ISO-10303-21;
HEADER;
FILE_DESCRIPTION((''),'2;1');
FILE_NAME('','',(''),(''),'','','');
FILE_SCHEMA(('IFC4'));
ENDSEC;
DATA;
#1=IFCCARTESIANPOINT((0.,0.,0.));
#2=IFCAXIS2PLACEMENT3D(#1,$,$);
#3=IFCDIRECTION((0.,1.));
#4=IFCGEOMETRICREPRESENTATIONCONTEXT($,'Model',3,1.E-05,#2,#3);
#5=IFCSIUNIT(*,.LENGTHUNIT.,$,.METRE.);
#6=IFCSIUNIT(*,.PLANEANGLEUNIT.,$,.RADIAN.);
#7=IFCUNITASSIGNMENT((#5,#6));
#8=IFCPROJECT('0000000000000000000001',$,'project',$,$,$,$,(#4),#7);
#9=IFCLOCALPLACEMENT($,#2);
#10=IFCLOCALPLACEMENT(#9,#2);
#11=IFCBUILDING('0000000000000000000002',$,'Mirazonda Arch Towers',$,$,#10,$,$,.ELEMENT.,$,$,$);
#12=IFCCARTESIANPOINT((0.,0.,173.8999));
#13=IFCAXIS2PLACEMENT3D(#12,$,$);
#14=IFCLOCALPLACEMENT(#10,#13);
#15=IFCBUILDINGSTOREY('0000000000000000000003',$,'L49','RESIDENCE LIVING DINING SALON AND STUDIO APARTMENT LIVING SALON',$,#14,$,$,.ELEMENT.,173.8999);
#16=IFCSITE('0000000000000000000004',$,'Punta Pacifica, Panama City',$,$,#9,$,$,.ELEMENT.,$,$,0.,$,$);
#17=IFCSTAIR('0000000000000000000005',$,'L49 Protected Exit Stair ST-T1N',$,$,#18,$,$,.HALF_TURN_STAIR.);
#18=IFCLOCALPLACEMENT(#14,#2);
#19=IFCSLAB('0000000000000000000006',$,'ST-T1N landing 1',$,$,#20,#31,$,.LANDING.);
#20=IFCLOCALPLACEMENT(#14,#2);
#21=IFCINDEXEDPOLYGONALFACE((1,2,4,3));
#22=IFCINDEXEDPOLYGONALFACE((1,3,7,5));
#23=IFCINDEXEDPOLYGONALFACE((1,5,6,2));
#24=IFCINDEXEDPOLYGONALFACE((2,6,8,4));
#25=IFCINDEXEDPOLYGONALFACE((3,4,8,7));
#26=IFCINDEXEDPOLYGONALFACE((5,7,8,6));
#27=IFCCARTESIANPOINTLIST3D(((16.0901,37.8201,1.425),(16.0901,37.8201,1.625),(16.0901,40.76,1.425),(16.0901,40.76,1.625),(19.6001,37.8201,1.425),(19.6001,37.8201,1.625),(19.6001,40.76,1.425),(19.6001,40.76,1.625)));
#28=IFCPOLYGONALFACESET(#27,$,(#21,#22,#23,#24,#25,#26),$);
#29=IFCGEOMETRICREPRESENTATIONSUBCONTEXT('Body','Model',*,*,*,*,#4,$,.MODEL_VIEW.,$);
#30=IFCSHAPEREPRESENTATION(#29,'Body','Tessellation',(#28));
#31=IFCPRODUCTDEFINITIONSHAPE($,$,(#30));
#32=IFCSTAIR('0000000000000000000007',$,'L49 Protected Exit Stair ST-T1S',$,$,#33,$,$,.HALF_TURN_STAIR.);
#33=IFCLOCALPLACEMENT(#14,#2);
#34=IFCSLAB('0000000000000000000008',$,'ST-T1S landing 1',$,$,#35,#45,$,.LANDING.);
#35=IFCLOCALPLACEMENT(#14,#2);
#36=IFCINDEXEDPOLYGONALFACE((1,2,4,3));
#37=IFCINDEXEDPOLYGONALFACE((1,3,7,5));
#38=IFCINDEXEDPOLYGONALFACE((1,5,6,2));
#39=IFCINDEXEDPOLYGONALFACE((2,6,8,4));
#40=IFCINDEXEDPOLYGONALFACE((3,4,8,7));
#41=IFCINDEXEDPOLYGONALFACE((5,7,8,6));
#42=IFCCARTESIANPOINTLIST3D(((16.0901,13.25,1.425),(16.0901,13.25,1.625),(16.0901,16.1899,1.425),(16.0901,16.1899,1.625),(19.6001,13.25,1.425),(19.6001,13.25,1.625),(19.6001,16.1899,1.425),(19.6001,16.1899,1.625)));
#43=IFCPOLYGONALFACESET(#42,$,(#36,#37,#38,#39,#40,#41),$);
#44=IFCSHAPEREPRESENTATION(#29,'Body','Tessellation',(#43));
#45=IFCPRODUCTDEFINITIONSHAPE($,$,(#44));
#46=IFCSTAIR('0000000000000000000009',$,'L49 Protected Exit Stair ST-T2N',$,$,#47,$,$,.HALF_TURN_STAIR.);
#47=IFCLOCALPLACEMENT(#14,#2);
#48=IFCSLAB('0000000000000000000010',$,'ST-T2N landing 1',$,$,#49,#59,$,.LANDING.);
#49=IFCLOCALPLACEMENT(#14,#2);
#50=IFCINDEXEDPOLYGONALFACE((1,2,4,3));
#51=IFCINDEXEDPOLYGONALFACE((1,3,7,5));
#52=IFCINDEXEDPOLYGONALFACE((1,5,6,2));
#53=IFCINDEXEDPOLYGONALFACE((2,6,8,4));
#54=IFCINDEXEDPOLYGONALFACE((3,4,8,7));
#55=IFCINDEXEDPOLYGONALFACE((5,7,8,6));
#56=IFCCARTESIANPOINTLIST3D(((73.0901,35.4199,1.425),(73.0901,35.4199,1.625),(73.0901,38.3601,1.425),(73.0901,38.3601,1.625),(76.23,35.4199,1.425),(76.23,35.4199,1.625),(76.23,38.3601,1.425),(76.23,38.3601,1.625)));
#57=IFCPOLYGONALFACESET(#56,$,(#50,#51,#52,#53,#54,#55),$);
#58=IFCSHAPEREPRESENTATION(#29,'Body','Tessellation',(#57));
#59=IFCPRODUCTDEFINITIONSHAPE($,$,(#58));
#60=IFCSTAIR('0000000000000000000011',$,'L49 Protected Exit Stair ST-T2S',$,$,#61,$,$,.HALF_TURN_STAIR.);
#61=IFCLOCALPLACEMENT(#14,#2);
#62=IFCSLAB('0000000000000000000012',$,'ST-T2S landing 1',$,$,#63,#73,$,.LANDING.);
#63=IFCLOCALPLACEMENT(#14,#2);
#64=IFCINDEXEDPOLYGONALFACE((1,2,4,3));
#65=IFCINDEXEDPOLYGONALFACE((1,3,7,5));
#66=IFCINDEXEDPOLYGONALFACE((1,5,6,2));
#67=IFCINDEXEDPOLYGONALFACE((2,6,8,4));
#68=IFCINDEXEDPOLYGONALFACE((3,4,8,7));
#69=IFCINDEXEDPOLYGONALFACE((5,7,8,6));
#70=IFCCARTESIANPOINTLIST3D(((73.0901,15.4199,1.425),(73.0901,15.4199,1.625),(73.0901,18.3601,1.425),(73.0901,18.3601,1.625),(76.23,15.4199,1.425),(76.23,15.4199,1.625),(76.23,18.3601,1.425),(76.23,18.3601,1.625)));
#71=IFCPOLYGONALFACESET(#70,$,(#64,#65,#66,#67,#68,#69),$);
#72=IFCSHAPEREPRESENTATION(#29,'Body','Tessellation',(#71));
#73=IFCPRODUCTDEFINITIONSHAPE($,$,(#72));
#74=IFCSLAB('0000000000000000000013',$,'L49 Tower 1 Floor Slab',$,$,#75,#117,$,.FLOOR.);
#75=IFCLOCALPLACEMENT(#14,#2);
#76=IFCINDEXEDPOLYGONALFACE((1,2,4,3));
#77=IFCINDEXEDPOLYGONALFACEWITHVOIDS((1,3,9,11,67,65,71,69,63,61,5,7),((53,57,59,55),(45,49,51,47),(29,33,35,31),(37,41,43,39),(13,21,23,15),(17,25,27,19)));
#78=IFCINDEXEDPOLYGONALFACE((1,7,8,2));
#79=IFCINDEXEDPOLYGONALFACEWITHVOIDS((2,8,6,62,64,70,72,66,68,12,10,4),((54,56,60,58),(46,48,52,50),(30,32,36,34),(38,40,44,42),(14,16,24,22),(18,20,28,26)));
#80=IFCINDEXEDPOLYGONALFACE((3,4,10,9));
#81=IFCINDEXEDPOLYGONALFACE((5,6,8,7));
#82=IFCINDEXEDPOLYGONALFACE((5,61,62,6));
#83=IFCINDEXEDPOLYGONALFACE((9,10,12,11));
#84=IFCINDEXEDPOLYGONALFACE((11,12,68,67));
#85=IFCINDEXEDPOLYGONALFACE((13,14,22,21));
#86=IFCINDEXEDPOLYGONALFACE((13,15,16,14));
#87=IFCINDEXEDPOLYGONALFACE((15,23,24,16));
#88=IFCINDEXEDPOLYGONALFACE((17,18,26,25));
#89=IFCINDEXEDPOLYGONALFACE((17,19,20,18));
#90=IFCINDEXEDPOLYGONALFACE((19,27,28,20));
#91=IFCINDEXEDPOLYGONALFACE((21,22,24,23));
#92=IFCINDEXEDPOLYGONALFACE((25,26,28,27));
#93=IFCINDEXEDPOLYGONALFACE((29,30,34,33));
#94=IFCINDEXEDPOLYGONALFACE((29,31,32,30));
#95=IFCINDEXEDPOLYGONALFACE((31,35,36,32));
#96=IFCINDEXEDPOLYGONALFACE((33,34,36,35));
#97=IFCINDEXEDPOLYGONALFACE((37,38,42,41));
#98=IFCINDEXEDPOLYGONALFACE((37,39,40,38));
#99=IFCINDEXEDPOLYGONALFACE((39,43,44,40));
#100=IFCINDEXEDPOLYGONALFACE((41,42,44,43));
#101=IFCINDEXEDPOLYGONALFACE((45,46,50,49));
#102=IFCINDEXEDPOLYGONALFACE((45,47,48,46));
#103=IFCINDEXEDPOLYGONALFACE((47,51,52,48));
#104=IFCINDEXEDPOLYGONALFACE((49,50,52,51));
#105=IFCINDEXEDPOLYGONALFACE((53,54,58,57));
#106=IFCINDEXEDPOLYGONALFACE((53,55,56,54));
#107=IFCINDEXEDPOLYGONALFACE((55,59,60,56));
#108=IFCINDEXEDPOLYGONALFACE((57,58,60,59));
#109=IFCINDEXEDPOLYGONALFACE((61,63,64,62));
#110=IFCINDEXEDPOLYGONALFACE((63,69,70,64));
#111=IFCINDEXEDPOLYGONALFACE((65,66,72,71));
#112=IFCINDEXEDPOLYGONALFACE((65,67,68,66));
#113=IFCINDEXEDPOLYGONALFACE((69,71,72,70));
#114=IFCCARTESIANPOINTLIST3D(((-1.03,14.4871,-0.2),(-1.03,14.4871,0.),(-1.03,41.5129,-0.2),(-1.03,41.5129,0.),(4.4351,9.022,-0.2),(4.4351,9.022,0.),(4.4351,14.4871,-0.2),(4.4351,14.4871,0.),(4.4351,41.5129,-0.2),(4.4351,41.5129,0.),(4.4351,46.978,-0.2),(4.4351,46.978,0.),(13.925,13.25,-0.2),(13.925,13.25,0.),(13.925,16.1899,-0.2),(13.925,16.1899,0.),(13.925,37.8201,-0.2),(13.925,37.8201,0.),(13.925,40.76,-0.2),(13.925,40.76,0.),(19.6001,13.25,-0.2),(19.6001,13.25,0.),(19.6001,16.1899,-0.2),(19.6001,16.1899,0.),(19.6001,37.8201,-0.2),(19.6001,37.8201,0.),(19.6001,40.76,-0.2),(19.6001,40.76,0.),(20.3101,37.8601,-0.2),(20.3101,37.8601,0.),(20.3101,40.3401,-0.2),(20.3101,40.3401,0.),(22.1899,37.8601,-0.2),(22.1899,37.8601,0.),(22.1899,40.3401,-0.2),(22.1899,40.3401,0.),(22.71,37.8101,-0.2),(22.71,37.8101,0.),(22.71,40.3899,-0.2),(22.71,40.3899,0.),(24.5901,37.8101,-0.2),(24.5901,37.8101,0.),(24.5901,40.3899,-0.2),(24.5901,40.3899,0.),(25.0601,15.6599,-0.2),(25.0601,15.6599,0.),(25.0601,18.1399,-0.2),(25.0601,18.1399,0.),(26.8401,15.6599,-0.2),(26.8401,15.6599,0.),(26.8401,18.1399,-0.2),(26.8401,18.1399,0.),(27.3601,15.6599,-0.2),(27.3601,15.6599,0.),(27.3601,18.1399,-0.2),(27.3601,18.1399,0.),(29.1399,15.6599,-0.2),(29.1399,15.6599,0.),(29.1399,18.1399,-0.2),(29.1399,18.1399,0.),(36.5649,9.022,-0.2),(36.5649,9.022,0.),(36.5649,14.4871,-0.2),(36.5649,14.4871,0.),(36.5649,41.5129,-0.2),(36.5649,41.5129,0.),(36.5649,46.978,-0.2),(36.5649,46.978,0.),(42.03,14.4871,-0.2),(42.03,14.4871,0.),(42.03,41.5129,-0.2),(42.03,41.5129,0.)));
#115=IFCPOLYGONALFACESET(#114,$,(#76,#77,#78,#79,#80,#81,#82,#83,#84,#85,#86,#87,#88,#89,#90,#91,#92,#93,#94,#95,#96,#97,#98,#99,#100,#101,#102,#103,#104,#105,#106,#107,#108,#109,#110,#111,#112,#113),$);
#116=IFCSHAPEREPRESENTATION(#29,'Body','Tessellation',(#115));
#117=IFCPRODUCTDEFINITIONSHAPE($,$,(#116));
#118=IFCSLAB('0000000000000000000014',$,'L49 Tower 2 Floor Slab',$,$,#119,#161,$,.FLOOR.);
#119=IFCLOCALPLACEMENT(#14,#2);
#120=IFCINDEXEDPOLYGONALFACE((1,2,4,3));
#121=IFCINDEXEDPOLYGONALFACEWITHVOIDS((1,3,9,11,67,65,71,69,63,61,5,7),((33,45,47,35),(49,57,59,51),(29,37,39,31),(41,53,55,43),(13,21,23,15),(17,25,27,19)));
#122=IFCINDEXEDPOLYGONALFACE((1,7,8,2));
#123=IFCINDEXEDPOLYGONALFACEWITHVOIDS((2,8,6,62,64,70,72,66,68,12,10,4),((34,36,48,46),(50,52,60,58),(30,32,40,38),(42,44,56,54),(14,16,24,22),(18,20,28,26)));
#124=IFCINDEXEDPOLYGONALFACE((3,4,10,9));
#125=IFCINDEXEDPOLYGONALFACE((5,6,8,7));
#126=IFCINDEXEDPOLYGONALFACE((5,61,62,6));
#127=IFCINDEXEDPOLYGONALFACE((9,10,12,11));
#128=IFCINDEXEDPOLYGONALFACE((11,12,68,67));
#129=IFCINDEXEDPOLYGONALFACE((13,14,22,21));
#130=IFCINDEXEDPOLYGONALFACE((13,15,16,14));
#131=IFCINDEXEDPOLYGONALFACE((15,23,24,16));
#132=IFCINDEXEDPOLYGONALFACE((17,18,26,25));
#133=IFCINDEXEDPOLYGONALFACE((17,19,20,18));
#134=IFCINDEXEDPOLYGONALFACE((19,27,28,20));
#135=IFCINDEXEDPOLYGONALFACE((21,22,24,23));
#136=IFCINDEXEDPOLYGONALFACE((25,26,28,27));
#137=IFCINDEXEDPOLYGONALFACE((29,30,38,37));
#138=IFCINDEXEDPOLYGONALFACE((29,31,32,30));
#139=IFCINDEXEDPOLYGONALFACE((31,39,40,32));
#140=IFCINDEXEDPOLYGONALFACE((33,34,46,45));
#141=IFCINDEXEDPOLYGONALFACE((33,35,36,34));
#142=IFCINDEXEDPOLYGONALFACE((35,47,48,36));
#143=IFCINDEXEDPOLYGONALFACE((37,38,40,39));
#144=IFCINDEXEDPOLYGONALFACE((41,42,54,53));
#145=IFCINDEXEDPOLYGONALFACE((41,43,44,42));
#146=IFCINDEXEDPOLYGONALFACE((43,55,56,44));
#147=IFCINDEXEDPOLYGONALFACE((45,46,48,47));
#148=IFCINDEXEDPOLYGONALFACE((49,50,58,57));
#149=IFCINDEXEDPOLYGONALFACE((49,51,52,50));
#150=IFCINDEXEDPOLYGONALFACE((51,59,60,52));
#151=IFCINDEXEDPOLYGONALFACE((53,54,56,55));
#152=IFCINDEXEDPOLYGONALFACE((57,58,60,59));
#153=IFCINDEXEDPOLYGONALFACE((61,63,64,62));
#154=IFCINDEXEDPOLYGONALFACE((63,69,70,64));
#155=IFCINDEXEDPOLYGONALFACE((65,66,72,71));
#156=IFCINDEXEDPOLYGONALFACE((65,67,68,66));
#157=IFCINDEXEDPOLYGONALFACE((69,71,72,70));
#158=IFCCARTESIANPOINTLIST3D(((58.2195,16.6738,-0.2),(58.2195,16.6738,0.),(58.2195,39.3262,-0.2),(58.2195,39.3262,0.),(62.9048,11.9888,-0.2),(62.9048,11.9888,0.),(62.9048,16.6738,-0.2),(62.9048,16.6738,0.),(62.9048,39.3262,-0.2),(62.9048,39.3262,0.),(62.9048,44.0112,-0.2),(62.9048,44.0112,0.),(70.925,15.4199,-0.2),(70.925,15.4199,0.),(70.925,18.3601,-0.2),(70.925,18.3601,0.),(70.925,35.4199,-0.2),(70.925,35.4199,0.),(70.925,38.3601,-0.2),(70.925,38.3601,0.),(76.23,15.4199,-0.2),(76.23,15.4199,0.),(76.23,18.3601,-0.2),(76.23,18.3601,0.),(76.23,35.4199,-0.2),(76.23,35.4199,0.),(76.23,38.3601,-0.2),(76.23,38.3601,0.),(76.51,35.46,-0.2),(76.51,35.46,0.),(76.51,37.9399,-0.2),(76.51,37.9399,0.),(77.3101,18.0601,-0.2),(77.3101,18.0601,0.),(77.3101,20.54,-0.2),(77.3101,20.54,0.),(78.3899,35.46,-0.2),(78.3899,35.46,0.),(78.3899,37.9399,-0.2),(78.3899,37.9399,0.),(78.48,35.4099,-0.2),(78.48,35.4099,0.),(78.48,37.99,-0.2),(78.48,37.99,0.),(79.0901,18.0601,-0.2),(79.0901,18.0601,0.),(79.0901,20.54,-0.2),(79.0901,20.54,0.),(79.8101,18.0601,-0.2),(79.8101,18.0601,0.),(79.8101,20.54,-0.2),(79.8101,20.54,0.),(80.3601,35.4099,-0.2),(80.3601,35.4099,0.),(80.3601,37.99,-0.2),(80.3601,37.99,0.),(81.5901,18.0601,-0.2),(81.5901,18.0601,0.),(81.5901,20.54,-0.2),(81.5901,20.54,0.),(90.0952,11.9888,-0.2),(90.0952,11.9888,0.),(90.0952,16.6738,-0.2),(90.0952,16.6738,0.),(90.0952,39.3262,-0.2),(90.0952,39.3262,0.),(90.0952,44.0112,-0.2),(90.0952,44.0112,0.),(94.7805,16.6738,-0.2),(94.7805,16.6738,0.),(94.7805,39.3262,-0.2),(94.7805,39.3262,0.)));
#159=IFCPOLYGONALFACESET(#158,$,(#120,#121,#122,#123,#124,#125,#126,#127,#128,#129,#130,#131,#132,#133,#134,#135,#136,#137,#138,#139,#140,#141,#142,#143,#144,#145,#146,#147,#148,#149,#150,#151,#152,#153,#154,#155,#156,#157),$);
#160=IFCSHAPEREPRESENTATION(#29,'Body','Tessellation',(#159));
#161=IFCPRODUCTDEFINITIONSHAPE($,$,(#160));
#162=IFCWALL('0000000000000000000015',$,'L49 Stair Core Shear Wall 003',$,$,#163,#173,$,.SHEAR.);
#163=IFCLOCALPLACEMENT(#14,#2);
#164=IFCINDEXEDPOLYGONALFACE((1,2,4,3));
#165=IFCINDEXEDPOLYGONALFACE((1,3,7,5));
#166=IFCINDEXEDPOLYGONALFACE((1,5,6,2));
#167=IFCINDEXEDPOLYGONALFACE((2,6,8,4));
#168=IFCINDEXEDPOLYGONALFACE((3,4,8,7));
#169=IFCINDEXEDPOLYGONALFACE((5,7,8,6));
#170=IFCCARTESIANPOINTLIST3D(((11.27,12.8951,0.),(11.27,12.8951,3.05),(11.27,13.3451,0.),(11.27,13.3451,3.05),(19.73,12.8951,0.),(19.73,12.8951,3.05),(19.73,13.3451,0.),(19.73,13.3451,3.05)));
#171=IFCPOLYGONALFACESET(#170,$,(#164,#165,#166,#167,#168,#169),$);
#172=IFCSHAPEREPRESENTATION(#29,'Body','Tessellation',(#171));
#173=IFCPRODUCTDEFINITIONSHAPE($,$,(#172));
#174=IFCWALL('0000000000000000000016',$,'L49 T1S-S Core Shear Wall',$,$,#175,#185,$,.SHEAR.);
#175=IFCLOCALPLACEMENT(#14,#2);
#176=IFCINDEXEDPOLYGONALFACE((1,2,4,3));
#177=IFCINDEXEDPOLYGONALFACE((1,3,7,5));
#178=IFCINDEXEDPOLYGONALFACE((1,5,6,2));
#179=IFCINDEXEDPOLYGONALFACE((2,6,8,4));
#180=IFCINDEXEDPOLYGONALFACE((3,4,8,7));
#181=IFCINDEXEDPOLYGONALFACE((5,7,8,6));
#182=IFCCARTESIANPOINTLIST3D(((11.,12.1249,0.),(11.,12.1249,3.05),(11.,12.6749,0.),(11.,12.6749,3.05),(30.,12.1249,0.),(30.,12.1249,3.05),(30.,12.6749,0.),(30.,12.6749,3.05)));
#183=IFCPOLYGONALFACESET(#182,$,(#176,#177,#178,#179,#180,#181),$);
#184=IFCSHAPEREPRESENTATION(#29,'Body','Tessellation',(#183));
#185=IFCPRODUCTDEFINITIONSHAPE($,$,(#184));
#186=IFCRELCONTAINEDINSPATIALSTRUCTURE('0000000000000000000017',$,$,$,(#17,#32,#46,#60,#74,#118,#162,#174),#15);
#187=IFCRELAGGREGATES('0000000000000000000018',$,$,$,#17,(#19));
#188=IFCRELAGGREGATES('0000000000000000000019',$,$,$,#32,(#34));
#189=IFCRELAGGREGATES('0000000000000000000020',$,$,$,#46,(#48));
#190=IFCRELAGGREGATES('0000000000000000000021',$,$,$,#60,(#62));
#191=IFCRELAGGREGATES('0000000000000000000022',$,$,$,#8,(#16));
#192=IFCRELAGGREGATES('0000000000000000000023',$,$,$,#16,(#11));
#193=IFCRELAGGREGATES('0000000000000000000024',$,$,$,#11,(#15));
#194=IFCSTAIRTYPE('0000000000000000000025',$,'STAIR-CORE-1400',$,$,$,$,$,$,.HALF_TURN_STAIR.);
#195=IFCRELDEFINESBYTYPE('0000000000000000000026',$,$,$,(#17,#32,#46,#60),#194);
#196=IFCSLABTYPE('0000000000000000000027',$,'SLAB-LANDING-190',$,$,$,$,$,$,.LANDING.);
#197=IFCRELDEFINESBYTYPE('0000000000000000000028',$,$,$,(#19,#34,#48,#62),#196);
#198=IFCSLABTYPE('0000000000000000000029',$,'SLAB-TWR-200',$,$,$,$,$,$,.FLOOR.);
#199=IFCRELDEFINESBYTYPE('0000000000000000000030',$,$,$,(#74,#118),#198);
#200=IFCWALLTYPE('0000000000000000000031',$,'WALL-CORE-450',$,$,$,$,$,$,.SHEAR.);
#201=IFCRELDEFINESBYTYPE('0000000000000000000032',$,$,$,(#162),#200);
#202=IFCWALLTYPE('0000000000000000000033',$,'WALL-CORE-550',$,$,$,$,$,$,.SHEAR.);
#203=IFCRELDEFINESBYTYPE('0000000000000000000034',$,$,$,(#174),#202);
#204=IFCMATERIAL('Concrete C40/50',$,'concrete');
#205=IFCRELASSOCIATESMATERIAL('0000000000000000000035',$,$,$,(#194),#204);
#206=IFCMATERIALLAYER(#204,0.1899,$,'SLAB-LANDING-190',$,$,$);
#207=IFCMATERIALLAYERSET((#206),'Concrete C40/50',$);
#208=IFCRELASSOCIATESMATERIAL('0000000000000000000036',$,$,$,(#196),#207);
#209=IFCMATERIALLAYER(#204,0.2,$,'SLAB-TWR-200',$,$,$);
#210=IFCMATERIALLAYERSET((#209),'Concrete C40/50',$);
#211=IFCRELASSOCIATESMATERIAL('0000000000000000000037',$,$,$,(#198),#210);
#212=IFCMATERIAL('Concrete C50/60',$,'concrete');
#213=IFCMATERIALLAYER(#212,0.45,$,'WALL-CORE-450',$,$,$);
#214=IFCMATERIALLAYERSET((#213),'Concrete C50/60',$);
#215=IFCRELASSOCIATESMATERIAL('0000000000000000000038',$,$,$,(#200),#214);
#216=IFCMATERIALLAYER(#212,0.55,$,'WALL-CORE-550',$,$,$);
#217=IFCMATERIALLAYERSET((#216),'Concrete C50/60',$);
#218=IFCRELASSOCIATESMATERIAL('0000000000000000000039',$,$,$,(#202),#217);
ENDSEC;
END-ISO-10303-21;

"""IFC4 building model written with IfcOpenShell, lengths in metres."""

from ifc_helpers import new_model, si_unit, direction, frame, frame_2d, origin, place, context, subcontext, project, spatial, polyline, rectangle, outline, extrude, material, layer, layer_set, type_object, element, aggregate, save


model = new_model("IFC4")

# Units and contexts
model_context = context("Model", 3, precision=1e-05, world=origin(), true_north=direction((0.0, 1.0)))
body_context = subcontext(model_context, "Body", "Model", "MODEL_VIEW")
ifc_project = project(units=[si_unit("LENGTHUNIT", "METRE"), si_unit("PLANEANGLEUNIT", "RADIAN")], contexts=[model_context])

# Site, building, storey
site_placement = place(None, origin())
site = spatial("IfcSite", under=ifc_project, at=site_placement, Name="Punta Pacifica, Panama City", CompositionType="ELEMENT", RefElevation=0.0)
building_placement = place(site_placement, origin())
building = spatial("IfcBuilding", under=site, at=building_placement, Name="Mirazonda Arch Towers", CompositionType="ELEMENT")
storey_placement = place(building_placement, frame((0.0, 0.0, 173.8999)))
storey = spatial("IfcBuildingStorey", under=building, at=storey_placement, Name="L49", Description="RESIDENCE LIVING DINING SALON AND STUDIO APARTMENT LIVING SALON", CompositionType="ELEMENT", Elevation=173.8999)

# Shared definitions
ifc_material_1 = material(Name="Concrete C50/60", Category="concrete")

# Stairs, slabs
ifc_material_2 = material(Name="Concrete C40/50", Category="concrete")
stair_type = type_object("IfcStairType", Name="STAIR-CORE-1400", PredefinedType="HALF_TURN_STAIR", material=ifc_material_2)
stair_1_placement = place(storey_placement, origin())
stair_1 = element("IfcStair", 1, at=stair_1_placement, inside=storey, type_object=stair_type, Name="L49 Protected Exit Stair ST-T1N", PredefinedType="HALF_TURN_STAIR")
ifc_layer_1 = layer(ifc_material_2, 0.1899, Name="SLAB-LANDING-190")
ifc_layer_set_1 = layer_set([ifc_layer_1], Name="Concrete C40/50")
slab_type_1 = type_object("IfcSlabType", Name="SLAB-LANDING-190", PredefinedType="LANDING", material=ifc_layer_set_1)
slab_1_placement = place(storey_placement, frame((0.0, 0.0, 1.425)))
slab_1 = element("IfcSlab", 2, at=slab_1_placement, type_object=slab_type_1, Name="ST-T1N landing 1", PredefinedType="LANDING", context=body_context, shape_type="SweptSolid", body=[
    extrude(outline(polyline([(16.0901, 37.8201), (19.6001, 37.8201), (19.6001, 40.76), (16.0901, 40.76), (16.0901, 37.8201)])), origin(), (0.0, 0.0, 1.0), 0.2),
])
aggregate(stair_1, [slab_1])
stair_2_placement = place(storey_placement, origin())
stair_2 = element("IfcStair", 3, at=stair_2_placement, inside=storey, type_object=stair_type, Name="L49 Protected Exit Stair ST-T1S", PredefinedType="HALF_TURN_STAIR")
slab_2_placement = place(storey_placement, frame((0.0, 0.0, 1.425)))
slab_2 = element("IfcSlab", 4, at=slab_2_placement, type_object=slab_type_1, Name="ST-T1S landing 1", PredefinedType="LANDING", context=body_context, shape_type="SweptSolid", body=[
    extrude(outline(polyline([(16.0901, 13.25), (19.6001, 13.25), (19.6001, 16.1899), (16.0901, 16.1899), (16.0901, 13.25)])), origin(), (0.0, 0.0, 1.0), 0.2),
])
aggregate(stair_2, [slab_2])
stair_3_placement = place(storey_placement, origin())
stair_3 = element("IfcStair", 5, at=stair_3_placement, inside=storey, type_object=stair_type, Name="L49 Protected Exit Stair ST-T2N", PredefinedType="HALF_TURN_STAIR")
slab_3_placement = place(storey_placement, frame((0.0, 0.0, 1.425)))
slab_3 = element("IfcSlab", 6, at=slab_3_placement, type_object=slab_type_1, Name="ST-T2N landing 1", PredefinedType="LANDING", context=body_context, shape_type="SweptSolid", body=[
    extrude(outline(polyline([(73.0901, 35.4199), (76.23, 35.4199), (76.23, 38.3601), (73.0901, 38.3601), (73.0901, 35.4199)])), origin(), (0.0, 0.0, 1.0), 0.2),
])
aggregate(stair_3, [slab_3])
stair_4_placement = place(storey_placement, origin())
stair_4 = element("IfcStair", 7, at=stair_4_placement, inside=storey, type_object=stair_type, Name="L49 Protected Exit Stair ST-T2S", PredefinedType="HALF_TURN_STAIR")
slab_4_placement = place(storey_placement, frame((0.0, 0.0, 1.425)))
slab_4 = element("IfcSlab", 8, at=slab_4_placement, type_object=slab_type_1, Name="ST-T2S landing 1", PredefinedType="LANDING", context=body_context, shape_type="SweptSolid", body=[
    extrude(outline(polyline([(73.0901, 15.4199), (76.23, 15.4199), (76.23, 18.3601), (73.0901, 18.3601), (73.0901, 15.4199)])), origin(), (0.0, 0.0, 1.0), 0.2),
])
aggregate(stair_4, [slab_4])

# Slabs
ifc_layer_2 = layer(ifc_material_2, 0.2, Name="SLAB-TWR-200")
ifc_layer_set_2 = layer_set([ifc_layer_2], Name="Concrete C40/50")
slab_type_2 = type_object("IfcSlabType", Name="SLAB-TWR-200", PredefinedType="FLOOR", material=ifc_layer_set_2)
slab_5_placement = place(storey_placement, frame((0.0, 0.0, -0.2)))
element("IfcSlab", 9, at=slab_5_placement, inside=storey, type_object=slab_type_2, Name="L49 Tower 1 Floor Slab", PredefinedType="FLOOR", context=body_context, shape_type="SweptSolid", body=[
    extrude(outline(polyline([(4.4351, 9.022), (36.5649, 9.022), (36.5649, 14.4871), (42.03, 14.4871), (42.03, 41.5129), (36.5649, 41.5129), (36.5649, 46.978), (4.4351, 46.978), (4.4351, 41.5129), (-1.03, 41.5129), (-1.03, 14.4871), (4.4351, 14.4871), (4.4351, 9.022)]), holes=[polyline([(27.3601, 18.1399), (29.1399, 18.1399), (29.1399, 15.6599), (27.3601, 15.6599), (27.3601, 18.1399)]), polyline([(25.0601, 18.1399), (26.8401, 18.1399), (26.8401, 15.6599), (25.0601, 15.6599), (25.0601, 18.1399)]), polyline([(22.71, 40.3899), (24.5901, 40.3899), (24.5901, 37.8101), (22.71, 37.8101), (22.71, 40.3899)]), polyline([(20.3101, 37.8601), (20.3101, 40.3401), (22.1899, 40.3401), (22.1899, 37.8601), (20.3101, 37.8601)]), polyline([(19.6001, 13.25), (13.925, 13.25), (13.925, 16.1899), (19.6001, 16.1899), (19.6001, 13.25)]), polyline([(13.925, 37.8201), (13.925, 40.76), (19.6001, 40.76), (19.6001, 37.8201), (13.925, 37.8201)])]), origin(), (0.0, 0.0, 1.0), 0.2),
])
slab_6_placement = place(storey_placement, frame((0.0, 0.0, -0.2)))
element("IfcSlab", 10, at=slab_6_placement, inside=storey, type_object=slab_type_2, Name="L49 Tower 2 Floor Slab", PredefinedType="FLOOR", context=body_context, shape_type="SweptSolid", body=[
    extrude(outline(polyline([(62.9048, 11.9888), (90.0952, 11.9888), (90.0952, 16.6738), (94.7805, 16.6738), (94.7805, 39.3262), (90.0952, 39.3262), (90.0952, 44.0112), (62.9048, 44.0112), (62.9048, 39.3262), (58.2195, 39.3262), (58.2195, 16.6738), (62.9048, 16.6738), (62.9048, 11.9888)]), holes=[polyline([(79.8101, 20.54), (81.5901, 20.54), (81.5901, 18.0601), (79.8101, 18.0601), (79.8101, 20.54)]), polyline([(78.48, 37.99), (80.3601, 37.99), (80.3601, 35.4099), (78.48, 35.4099), (78.48, 37.99)]), polyline([(77.3101, 20.54), (79.0901, 20.54), (79.0901, 18.0601), (77.3101, 18.0601), (77.3101, 20.54)]), polyline([(76.51, 35.46), (76.51, 37.9399), (78.3899, 37.9399), (78.3899, 35.46), (76.51, 35.46)]), polyline([(76.23, 15.4199), (70.925, 15.4199), (70.925, 18.3601), (76.23, 18.3601), (76.23, 15.4199)]), polyline([(70.925, 35.4199), (70.925, 38.3601), (76.23, 38.3601), (76.23, 35.4199), (70.925, 35.4199)])]), origin(), (0.0, 0.0, 1.0), 0.2),
])

# Walls
ifc_layer_3 = layer(ifc_material_1, 0.45, Name="WALL-CORE-450")
ifc_layer_set_3 = layer_set([ifc_layer_3], Name="Concrete C50/60")
wall_type_1 = type_object("IfcWallType", Name="WALL-CORE-450", PredefinedType="SHEAR", material=ifc_layer_set_3)
wall_1_placement = place(storey_placement, frame((11.27, 13.1201, 0.0), z_axis=(0.0, 0.0, 1.0), x_axis=(1.0, 0.0, 0.0)))
element("IfcWall", 11, at=wall_1_placement, inside=storey, type_object=wall_type_1, Name="L49 Stair Core Shear Wall 003", PredefinedType="SHEAR", context=body_context, shape_type="SweptSolid", body=[
    extrude(rectangle(XDim=8.46, YDim=0.45, at=frame_2d((4.23, 0.0))), origin(), (0.0, 0.0, 1.0), 3.05),
])
ifc_layer_4 = layer(ifc_material_1, 0.55, Name="WALL-CORE-550")
ifc_layer_set_4 = layer_set([ifc_layer_4], Name="Concrete C50/60")
wall_type_2 = type_object("IfcWallType", Name="WALL-CORE-550", PredefinedType="SHEAR", material=ifc_layer_set_4)
wall_2_placement = place(storey_placement, frame((11.0, 12.3999, 0.0), z_axis=(0.0, 0.0, 1.0), x_axis=(1.0, 0.0, 0.0)))
element("IfcWall", 12, at=wall_2_placement, inside=storey, type_object=wall_type_2, Name="L49 T1S-S Core Shear Wall", PredefinedType="SHEAR", context=body_context, shape_type="SweptSolid", body=[
    extrude(rectangle(XDim=19.0, YDim=0.55, at=frame_2d((9.5, 0.0))), origin(), (0.0, 0.0, 1.0), 3.05),
])

save(model, "model.ifc")
